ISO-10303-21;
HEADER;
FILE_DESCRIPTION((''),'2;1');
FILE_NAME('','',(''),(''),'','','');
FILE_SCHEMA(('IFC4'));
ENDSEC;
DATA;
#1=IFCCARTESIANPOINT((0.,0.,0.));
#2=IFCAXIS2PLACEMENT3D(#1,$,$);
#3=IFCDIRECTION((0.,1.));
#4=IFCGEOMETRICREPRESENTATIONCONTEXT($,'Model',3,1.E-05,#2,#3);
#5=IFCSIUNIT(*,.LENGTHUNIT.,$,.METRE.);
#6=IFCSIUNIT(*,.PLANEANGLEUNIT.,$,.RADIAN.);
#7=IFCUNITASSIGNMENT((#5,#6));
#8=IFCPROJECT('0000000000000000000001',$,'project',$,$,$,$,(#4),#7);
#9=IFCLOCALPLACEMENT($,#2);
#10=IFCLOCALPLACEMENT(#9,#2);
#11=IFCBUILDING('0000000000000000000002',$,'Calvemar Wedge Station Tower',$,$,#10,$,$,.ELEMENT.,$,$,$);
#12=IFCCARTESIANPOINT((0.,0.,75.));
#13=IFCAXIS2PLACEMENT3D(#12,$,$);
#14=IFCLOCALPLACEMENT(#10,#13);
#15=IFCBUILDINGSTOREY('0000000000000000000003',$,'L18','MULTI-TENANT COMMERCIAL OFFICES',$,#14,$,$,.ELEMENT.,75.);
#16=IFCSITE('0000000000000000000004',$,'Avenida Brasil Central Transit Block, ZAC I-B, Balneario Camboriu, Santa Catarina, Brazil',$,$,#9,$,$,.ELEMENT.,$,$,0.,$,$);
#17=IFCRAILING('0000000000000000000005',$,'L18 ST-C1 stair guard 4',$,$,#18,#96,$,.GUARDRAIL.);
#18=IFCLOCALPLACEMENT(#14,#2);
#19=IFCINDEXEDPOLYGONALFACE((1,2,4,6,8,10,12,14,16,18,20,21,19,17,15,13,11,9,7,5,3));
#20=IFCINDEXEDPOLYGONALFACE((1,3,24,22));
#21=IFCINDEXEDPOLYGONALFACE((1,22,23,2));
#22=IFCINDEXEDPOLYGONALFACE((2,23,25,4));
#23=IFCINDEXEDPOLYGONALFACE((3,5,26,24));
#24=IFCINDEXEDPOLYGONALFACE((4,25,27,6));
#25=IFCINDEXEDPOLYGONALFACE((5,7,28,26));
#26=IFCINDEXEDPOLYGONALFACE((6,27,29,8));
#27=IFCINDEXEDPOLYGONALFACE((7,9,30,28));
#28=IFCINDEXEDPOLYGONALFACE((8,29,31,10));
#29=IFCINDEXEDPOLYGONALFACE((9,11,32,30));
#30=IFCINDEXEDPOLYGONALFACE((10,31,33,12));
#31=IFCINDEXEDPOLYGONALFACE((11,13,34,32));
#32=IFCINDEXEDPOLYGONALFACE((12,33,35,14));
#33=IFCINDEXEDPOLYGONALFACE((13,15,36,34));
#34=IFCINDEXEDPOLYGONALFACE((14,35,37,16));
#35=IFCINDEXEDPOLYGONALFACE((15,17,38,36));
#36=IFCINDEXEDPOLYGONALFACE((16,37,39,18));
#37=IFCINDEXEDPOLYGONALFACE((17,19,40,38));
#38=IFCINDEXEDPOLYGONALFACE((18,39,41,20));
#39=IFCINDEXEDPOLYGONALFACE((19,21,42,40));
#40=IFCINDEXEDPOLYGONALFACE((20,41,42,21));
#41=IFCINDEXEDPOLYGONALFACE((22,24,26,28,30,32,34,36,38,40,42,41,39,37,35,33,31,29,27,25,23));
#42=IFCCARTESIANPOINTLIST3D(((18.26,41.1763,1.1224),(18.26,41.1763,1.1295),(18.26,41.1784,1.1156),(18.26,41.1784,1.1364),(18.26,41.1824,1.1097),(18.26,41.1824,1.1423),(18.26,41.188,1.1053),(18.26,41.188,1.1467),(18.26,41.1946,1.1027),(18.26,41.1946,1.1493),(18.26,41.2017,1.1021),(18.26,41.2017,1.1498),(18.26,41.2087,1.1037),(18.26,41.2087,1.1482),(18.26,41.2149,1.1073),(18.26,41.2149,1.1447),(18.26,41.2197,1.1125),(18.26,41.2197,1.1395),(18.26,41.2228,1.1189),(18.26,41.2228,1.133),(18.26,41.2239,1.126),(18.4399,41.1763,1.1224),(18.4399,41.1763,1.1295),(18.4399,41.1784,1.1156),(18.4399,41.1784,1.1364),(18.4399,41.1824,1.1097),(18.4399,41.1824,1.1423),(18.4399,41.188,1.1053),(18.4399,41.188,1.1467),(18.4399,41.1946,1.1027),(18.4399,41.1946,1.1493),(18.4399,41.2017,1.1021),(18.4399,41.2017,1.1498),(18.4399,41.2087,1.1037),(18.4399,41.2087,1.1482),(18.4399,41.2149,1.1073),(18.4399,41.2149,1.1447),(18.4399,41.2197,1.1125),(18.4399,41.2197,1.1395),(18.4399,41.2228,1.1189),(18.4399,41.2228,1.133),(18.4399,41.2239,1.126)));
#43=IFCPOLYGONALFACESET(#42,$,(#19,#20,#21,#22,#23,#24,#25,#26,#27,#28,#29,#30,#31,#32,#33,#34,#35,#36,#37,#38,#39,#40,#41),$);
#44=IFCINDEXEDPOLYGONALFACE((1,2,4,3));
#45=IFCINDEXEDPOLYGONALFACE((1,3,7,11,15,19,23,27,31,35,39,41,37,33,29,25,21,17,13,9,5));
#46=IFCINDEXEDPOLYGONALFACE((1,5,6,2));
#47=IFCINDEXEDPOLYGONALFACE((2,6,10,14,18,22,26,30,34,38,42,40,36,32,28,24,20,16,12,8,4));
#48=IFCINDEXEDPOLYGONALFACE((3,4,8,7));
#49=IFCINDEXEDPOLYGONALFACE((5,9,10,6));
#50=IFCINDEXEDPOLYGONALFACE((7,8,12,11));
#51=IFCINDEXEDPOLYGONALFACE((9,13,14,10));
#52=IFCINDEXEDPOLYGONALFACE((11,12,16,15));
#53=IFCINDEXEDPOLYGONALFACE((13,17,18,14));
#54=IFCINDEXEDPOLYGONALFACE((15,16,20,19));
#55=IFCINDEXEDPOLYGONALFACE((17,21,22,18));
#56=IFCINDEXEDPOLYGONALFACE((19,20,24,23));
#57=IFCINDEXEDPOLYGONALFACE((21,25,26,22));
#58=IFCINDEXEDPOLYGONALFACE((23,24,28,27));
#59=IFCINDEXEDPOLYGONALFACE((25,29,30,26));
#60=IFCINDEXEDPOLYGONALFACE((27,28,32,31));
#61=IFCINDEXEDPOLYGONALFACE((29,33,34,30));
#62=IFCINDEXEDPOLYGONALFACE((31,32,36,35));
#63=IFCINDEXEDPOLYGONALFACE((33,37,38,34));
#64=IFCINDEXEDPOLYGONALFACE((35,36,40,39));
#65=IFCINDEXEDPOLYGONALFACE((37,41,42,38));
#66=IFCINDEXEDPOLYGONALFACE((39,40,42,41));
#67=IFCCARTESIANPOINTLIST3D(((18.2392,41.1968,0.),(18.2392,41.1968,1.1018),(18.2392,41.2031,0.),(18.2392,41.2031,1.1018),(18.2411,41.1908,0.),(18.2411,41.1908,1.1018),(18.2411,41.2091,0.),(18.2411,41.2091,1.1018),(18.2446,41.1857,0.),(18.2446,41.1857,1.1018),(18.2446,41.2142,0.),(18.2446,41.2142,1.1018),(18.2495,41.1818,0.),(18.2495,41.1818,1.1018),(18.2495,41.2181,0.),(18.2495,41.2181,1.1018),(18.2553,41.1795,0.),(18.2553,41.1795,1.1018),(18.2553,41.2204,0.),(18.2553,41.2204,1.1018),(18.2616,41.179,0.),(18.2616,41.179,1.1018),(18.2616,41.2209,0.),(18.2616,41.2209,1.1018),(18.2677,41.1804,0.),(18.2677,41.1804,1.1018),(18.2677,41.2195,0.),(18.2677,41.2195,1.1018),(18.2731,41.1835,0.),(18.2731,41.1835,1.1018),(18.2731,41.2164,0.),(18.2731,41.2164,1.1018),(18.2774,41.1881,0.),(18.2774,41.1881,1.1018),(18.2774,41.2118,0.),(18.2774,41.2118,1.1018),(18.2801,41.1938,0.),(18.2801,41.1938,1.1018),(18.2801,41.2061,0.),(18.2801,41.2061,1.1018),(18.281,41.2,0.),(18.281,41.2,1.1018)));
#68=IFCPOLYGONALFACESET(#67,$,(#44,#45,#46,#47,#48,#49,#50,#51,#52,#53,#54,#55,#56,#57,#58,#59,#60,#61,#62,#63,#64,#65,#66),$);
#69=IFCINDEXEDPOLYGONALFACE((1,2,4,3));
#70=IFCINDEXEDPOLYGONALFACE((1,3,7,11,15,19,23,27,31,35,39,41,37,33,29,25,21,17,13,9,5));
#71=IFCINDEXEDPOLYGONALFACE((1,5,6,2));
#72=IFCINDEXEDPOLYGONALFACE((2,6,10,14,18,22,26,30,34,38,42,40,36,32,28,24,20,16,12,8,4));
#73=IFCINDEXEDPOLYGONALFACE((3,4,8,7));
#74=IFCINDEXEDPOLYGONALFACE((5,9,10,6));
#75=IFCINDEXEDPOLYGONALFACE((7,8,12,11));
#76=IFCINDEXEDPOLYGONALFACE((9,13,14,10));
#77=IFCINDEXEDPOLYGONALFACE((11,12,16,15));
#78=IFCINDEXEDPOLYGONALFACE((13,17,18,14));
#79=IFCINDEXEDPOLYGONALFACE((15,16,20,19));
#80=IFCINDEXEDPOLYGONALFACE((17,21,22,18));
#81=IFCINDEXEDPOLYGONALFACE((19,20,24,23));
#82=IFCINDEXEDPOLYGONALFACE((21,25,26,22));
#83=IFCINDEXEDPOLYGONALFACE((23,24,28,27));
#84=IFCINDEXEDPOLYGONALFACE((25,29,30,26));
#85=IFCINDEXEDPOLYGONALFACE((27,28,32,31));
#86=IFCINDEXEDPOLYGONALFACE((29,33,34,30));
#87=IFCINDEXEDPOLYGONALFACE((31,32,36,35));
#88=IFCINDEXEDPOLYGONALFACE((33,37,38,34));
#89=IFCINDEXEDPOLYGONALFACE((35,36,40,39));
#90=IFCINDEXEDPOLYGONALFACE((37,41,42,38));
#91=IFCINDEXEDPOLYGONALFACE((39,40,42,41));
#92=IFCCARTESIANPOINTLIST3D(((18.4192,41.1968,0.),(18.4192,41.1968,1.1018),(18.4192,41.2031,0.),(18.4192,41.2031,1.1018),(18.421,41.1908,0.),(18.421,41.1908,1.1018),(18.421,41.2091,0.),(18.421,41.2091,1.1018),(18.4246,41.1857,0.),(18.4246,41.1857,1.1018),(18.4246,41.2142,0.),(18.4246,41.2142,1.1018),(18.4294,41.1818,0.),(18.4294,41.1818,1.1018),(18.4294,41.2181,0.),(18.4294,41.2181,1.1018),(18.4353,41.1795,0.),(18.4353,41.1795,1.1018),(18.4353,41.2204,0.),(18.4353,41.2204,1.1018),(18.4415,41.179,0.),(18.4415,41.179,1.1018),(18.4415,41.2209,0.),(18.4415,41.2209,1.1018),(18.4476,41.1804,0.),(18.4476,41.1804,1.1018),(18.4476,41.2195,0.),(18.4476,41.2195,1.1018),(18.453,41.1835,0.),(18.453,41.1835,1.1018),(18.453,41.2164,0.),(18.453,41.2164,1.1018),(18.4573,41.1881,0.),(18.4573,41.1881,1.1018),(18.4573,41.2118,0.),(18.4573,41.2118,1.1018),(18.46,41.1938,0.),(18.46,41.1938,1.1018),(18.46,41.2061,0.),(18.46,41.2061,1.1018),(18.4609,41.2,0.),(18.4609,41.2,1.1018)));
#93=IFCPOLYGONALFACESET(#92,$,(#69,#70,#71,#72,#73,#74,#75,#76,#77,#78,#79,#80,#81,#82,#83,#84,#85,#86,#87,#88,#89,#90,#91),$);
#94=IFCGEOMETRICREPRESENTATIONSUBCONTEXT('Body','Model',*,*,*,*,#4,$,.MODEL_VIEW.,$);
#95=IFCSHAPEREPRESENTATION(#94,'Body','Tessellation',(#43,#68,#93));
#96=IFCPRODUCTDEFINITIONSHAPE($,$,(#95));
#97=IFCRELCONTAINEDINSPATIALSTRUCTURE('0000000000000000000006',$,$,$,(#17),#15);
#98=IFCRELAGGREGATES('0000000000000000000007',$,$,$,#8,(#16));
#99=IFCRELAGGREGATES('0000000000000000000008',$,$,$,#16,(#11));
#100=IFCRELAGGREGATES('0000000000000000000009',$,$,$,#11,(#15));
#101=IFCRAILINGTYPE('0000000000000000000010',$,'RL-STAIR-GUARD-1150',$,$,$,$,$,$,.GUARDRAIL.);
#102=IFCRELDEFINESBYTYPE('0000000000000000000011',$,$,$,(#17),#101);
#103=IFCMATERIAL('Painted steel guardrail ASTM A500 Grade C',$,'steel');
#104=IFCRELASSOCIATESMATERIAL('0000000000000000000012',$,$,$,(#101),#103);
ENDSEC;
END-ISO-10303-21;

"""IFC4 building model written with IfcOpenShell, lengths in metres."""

from ifc_helpers import new_model, si_unit, direction, frame, origin, origin_2d, place, context, subcontext, project, spatial, circle, extrude, material, type_object, element, save


model = new_model("IFC4")

# Units and contexts
model_context = context("Model", 3, precision=1e-05, world=origin(), true_north=direction((0.0, 1.0)))
body_context = subcontext(model_context, "Body", "Model", "MODEL_VIEW")
ifc_project = project(units=[si_unit("LENGTHUNIT", "METRE"), si_unit("PLANEANGLEUNIT", "RADIAN")], contexts=[model_context])

# Site, building, storey
site_placement = place(None, origin())
site = spatial("IfcSite", under=ifc_project, at=site_placement, Name="Avenida Brasil Central Transit Block, ZAC I-B, Balneario Camboriu, Santa Catarina, Brazil", CompositionType="ELEMENT", RefElevation=0.0)
building_placement = place(site_placement, origin())
building = spatial("IfcBuilding", under=site, at=building_placement, Name="Calvemar Wedge Station Tower", CompositionType="ELEMENT")
storey_placement = place(building_placement, frame((0.0, 0.0, 75.0)))
storey = spatial("IfcBuildingStorey", under=building, at=storey_placement, Name="L18", Description="MULTI-TENANT COMMERCIAL OFFICES", CompositionType="ELEMENT", Elevation=75.0)

# Railing
ifc_material_1 = material(Name="Painted steel guardrail ASTM A500 Grade C", Category="steel")
railing_type_1 = type_object("IfcRailingType", Name="RL-STAIR-GUARD-1150", PredefinedType="GUARDRAIL", material=ifc_material_1)
railing_1_placement = place(storey_placement, frame((18.26, 41.2, 0.0)))
element("IfcRailing", 1, at=railing_1_placement, inside=storey, type_object=railing_type_1, Name="L18 ST-C1 stair guard 4", PredefinedType="GUARDRAIL", context=body_context, shape_type="SweptSolid", body=[
    extrude(circle(Radius=0.0239, at=origin_2d()), frame((0.0, 0.0, 1.126), z_axis=(1.0, 0.0, 0.0), x_axis=(0.0, 1.0, 0.0)), (0.0, 0.0, 1.0), 0.1799),
    extrude(circle(Radius=0.021, at=origin_2d()), origin(), (0.0, 0.0, 1.0), 1.1018),
    extrude(circle(Radius=0.021, at=origin_2d()), frame((0.1799, 0.0, 0.0)), (0.0, 0.0, 1.0), 1.1018),
])

save(model, "model.ifc")
